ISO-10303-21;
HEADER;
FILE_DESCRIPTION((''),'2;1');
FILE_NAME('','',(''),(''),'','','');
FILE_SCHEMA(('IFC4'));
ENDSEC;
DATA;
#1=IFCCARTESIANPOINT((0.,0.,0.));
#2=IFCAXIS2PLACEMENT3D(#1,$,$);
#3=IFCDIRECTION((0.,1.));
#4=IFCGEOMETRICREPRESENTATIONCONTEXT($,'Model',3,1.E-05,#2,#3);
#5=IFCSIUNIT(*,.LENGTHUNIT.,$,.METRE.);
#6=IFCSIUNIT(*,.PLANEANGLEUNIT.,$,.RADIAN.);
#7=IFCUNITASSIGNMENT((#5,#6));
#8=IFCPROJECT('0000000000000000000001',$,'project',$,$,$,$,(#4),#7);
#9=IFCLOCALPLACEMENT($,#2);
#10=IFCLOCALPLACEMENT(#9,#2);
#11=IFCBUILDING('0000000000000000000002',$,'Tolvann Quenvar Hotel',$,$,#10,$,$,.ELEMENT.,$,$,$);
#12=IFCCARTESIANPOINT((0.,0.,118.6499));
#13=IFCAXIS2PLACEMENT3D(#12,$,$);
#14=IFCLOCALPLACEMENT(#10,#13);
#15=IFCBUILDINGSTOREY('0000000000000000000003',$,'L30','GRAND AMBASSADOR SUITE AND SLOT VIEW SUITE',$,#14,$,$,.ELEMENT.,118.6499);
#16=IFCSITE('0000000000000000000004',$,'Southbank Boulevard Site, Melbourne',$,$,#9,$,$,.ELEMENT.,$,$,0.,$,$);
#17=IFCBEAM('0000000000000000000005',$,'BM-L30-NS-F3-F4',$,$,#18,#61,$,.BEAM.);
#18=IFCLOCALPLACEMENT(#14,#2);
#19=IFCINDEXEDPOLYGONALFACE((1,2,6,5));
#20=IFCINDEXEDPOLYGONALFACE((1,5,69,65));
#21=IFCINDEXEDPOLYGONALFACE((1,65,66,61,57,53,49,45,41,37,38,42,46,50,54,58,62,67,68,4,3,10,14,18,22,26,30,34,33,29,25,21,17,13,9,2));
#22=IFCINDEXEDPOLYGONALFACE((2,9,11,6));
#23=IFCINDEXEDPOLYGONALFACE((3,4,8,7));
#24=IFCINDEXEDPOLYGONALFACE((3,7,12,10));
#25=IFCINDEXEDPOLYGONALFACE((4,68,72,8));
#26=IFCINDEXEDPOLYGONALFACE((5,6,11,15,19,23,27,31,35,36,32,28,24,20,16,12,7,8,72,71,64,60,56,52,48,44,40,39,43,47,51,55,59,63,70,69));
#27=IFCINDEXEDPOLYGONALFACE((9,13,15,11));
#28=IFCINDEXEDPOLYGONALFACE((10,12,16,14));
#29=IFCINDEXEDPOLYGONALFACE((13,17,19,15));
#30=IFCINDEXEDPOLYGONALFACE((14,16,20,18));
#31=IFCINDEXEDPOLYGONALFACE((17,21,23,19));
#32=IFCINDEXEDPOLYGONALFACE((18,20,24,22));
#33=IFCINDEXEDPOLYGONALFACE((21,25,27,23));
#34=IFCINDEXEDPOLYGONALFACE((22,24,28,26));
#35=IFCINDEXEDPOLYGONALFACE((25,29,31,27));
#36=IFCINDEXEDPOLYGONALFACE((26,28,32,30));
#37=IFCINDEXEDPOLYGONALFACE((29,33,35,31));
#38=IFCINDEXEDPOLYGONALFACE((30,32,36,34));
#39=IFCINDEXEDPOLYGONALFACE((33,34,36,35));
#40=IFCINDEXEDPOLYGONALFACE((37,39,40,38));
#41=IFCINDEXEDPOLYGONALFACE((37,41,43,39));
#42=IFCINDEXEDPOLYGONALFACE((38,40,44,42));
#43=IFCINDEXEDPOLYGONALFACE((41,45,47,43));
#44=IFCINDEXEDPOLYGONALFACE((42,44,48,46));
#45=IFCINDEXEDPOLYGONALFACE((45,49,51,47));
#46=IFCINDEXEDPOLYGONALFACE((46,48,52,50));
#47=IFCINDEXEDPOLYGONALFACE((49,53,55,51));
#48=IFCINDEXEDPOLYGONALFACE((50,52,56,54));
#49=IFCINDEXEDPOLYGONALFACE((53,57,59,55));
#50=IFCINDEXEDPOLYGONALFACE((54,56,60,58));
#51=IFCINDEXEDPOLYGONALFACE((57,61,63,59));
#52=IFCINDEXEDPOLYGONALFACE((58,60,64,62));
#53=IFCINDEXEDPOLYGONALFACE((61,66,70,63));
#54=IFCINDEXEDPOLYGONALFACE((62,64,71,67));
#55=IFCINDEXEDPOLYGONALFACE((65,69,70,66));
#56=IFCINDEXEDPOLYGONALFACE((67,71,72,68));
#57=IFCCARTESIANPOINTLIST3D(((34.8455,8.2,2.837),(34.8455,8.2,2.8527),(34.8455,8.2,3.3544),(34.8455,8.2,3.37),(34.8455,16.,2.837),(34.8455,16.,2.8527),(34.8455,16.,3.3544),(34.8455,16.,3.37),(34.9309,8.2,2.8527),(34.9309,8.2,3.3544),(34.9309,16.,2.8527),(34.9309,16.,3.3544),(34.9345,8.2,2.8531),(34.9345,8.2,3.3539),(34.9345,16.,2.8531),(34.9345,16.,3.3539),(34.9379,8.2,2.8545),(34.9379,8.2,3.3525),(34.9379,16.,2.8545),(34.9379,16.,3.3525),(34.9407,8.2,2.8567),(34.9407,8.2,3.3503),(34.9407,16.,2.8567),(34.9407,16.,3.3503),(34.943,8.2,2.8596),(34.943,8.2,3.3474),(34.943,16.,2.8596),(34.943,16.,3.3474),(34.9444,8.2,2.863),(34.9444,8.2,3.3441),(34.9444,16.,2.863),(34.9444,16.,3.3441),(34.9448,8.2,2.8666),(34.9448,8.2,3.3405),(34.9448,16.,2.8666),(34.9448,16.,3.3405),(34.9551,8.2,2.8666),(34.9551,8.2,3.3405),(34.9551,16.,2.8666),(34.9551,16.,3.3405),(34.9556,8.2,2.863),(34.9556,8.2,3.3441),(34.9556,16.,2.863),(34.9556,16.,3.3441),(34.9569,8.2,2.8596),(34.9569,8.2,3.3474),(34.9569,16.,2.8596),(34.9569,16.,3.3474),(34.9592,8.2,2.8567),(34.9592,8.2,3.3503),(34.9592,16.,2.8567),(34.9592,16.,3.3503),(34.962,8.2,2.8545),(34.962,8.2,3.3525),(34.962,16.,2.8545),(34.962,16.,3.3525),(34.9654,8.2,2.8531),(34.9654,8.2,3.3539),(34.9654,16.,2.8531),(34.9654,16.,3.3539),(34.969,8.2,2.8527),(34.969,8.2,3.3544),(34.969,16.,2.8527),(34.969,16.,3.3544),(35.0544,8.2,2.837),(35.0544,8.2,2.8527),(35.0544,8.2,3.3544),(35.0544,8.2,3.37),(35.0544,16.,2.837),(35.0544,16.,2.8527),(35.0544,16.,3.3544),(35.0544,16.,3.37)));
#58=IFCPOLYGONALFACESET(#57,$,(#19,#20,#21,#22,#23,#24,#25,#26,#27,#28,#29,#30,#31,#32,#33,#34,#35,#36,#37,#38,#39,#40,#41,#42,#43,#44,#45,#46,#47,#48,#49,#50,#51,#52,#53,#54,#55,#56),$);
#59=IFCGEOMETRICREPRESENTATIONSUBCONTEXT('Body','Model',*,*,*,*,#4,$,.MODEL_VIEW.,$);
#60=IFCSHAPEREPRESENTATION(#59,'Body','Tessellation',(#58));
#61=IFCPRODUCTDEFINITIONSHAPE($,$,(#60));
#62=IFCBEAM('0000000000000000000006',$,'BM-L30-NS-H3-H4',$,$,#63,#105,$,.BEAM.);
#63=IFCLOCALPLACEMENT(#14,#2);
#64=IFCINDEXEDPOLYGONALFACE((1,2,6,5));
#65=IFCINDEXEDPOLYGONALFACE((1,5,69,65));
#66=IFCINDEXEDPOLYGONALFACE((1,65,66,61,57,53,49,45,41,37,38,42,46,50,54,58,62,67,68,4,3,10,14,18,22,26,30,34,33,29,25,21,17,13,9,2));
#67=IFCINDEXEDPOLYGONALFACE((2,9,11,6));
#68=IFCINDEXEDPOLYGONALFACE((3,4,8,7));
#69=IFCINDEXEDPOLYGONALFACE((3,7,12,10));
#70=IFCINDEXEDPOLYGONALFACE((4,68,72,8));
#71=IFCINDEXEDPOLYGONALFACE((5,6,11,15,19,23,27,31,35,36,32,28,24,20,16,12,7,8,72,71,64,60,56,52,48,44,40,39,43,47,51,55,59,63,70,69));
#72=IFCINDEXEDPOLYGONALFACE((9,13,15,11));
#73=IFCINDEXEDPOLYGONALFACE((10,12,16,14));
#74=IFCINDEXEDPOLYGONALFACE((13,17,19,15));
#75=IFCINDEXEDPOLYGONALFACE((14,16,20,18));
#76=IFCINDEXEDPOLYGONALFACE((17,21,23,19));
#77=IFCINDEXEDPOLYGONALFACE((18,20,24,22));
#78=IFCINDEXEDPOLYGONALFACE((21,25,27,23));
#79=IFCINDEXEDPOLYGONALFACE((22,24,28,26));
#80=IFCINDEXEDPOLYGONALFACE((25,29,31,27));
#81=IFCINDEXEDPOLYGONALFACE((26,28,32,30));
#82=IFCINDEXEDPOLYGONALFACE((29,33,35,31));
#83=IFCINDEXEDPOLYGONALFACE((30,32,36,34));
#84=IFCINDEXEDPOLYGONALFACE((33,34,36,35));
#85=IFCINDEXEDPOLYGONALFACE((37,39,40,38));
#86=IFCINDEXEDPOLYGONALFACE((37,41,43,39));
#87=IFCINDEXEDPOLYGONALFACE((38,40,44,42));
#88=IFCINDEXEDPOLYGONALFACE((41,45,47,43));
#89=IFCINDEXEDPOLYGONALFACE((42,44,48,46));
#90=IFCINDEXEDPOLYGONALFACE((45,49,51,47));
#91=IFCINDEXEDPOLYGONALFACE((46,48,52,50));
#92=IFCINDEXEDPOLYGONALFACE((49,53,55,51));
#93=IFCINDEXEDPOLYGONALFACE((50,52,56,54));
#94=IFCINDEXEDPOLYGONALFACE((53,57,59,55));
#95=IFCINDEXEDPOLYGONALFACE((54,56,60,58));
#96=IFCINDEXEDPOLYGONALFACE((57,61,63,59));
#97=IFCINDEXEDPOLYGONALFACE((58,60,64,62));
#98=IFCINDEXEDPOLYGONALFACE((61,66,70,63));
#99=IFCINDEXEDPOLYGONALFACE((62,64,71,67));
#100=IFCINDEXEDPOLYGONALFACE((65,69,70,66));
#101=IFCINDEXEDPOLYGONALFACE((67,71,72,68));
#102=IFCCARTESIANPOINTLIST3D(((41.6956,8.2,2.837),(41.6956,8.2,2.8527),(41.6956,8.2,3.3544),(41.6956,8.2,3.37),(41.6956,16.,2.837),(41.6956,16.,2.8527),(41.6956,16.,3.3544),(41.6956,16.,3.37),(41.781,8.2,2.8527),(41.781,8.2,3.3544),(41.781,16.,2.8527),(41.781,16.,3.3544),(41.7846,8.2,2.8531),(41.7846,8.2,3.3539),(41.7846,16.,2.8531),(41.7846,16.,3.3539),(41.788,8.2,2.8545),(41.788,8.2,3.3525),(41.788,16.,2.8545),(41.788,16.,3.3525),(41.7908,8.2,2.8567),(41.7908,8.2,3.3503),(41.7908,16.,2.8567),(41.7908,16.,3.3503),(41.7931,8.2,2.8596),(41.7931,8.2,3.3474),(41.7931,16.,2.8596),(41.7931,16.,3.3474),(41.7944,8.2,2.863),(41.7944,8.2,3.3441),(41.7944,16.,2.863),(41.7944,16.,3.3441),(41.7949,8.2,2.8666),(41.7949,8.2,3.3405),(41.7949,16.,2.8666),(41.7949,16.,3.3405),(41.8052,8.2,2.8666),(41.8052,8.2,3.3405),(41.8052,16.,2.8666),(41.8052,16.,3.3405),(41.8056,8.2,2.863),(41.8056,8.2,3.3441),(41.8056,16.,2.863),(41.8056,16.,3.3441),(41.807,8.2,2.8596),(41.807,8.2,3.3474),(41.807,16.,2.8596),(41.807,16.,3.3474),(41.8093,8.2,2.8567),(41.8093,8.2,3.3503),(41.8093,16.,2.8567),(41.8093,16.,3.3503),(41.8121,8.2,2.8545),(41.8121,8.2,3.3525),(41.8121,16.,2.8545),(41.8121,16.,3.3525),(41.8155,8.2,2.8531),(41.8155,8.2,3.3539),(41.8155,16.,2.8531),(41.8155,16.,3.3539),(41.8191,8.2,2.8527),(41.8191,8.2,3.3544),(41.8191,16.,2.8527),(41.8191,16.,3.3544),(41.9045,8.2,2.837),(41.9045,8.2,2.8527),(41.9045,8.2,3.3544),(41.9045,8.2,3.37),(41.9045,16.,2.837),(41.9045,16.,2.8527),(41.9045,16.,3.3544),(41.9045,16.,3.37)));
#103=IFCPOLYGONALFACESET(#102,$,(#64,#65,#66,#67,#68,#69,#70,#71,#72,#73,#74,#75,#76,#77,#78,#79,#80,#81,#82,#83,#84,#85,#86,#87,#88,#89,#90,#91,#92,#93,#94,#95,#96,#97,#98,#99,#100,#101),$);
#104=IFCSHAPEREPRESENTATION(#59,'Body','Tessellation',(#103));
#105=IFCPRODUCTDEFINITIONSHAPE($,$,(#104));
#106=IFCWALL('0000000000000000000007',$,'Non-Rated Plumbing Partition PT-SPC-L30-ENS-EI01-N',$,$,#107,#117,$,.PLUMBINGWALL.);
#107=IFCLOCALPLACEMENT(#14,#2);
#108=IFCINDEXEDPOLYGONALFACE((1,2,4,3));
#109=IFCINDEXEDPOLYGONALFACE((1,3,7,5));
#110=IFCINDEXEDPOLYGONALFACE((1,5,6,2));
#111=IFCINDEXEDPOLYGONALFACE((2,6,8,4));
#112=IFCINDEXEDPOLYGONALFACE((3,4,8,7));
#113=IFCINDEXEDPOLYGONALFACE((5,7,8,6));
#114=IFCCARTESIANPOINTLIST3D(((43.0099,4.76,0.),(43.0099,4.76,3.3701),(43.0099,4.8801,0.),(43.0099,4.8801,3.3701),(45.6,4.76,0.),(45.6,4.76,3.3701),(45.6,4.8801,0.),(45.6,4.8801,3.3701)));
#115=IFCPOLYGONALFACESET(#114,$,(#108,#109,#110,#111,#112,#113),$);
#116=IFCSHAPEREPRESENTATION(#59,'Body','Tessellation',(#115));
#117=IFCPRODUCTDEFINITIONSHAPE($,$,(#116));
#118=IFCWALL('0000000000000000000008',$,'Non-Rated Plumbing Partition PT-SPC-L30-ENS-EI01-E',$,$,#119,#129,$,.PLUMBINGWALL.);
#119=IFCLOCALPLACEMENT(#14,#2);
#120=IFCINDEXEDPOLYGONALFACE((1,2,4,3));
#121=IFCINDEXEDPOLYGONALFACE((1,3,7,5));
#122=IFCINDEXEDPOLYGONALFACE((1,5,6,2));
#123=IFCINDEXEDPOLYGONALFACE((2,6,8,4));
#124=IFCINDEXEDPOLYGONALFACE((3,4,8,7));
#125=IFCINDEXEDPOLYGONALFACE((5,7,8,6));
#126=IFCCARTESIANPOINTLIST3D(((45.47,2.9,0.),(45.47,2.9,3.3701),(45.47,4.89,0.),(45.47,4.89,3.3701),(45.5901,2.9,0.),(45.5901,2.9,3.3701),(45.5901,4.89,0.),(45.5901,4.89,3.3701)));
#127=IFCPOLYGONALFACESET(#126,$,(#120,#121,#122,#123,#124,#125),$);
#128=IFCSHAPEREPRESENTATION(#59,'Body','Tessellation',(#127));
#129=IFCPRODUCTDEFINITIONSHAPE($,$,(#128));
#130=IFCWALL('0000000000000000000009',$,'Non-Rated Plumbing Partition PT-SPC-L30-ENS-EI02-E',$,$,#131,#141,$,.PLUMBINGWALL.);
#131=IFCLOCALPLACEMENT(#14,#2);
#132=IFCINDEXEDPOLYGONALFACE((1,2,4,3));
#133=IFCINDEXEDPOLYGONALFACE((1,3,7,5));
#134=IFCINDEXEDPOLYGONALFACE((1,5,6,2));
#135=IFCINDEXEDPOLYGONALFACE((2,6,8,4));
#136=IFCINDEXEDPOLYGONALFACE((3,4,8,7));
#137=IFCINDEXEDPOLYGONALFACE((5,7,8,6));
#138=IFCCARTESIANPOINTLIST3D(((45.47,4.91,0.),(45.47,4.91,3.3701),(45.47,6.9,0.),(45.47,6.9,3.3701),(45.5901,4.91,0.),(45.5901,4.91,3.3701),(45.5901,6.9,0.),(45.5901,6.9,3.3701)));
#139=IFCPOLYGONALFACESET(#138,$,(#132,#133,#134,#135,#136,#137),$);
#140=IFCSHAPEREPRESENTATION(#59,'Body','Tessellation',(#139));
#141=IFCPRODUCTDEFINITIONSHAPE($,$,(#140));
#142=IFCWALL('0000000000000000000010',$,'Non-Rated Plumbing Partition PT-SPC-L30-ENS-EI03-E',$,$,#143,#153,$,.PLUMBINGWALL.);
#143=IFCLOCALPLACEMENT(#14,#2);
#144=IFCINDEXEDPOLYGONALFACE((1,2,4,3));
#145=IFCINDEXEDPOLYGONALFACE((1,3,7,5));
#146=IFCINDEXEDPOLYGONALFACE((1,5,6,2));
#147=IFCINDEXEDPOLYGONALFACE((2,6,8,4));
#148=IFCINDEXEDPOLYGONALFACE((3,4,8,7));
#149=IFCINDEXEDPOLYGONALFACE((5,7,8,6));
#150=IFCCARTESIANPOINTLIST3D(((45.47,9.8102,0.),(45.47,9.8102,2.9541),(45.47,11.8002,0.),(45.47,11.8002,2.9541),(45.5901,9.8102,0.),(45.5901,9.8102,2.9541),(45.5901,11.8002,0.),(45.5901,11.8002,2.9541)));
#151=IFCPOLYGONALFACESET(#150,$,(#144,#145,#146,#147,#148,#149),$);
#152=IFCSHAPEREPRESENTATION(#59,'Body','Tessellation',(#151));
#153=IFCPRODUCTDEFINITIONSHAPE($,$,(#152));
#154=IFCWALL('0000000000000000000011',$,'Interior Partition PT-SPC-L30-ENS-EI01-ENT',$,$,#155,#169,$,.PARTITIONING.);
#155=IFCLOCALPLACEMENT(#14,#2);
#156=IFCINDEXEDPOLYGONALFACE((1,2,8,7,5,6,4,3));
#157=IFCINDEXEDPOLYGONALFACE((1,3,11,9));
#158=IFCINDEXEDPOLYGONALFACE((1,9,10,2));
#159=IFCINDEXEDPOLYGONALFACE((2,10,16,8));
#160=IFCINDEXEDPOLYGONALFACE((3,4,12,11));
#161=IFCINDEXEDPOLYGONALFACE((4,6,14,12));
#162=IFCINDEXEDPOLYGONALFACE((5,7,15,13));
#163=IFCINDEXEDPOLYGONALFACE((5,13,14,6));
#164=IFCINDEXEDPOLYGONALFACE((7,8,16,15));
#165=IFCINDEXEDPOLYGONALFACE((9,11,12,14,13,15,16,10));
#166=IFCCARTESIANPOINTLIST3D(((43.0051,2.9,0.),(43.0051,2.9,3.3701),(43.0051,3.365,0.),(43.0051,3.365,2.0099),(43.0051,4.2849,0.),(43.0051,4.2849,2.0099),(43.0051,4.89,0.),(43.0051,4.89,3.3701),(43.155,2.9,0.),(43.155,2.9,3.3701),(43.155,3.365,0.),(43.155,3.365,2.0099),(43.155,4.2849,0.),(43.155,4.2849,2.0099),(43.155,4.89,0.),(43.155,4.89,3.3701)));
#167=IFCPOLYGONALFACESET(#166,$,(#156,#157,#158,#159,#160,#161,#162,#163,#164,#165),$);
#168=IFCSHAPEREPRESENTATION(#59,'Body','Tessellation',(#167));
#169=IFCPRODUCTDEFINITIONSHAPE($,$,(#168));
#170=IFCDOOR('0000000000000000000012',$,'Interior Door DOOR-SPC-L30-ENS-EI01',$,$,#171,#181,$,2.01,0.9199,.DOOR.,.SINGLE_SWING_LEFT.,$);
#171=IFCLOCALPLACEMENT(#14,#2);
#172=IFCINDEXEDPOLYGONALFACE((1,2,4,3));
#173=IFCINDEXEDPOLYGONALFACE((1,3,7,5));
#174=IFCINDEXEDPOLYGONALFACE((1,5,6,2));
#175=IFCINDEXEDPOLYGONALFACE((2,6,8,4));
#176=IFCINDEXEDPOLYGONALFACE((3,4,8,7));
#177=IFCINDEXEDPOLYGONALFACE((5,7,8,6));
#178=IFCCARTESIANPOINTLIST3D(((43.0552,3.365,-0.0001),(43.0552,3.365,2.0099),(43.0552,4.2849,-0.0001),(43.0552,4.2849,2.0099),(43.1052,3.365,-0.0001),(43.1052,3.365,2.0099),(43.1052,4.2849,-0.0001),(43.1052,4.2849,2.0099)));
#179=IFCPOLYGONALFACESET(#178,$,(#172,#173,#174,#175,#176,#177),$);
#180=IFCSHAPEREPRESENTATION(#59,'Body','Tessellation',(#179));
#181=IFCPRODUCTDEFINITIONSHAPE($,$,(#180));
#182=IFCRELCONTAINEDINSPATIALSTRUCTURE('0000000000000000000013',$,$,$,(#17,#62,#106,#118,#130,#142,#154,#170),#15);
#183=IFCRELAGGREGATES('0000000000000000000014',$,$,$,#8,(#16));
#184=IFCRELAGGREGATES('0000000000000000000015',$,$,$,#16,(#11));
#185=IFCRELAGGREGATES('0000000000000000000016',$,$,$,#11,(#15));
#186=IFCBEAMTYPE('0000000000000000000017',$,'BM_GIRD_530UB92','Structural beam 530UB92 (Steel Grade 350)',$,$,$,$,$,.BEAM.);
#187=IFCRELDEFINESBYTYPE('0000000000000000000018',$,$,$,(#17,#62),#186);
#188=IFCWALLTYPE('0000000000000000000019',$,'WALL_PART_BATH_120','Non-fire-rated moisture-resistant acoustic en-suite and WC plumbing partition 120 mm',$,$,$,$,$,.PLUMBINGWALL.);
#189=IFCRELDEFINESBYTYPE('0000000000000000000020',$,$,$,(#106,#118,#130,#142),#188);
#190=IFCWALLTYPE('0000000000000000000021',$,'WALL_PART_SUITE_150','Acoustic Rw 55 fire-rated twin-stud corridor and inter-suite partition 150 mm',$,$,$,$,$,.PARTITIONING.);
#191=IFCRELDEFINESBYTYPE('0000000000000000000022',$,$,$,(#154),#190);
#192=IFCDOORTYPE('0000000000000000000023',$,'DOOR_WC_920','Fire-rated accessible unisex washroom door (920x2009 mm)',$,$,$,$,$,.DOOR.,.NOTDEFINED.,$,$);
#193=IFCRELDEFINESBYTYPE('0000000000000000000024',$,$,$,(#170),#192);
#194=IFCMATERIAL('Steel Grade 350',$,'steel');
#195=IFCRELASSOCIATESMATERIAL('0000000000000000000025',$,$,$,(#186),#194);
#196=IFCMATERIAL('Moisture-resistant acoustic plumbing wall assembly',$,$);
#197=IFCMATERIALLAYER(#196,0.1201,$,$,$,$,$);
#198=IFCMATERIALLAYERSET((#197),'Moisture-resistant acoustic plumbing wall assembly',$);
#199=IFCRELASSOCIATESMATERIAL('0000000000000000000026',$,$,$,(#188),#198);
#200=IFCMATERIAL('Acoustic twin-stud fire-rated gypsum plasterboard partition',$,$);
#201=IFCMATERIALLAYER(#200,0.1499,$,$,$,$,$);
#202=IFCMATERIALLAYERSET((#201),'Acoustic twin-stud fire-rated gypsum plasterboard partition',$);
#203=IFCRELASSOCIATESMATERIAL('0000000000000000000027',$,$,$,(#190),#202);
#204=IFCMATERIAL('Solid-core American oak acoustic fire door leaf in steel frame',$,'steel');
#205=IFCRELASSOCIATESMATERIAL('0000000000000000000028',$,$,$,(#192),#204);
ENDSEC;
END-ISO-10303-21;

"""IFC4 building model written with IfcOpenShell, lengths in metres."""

from ifc_helpers import new_model, si_unit, direction, frame, frame_2d, origin, origin_2d, place, context, subcontext, project, spatial, rectangle, i_section, extrude, source, transform, mapped, material, layer, layer_set, material_profile, profile_set, type_object, type_shapes, element, fill, save


model = new_model("IFC4")

# Units and contexts
model_context = context("Model", 3, precision=1e-05, world=origin(), true_north=direction((0.0, 1.0)))
body_context = subcontext(model_context, "Body", "Model", "MODEL_VIEW")
ifc_project = project(units=[si_unit("LENGTHUNIT", "METRE"), si_unit("PLANEANGLEUNIT", "RADIAN")], contexts=[model_context])

# Site, building, storey
site_placement = place(None, origin())
site = spatial("IfcSite", under=ifc_project, at=site_placement, Name="Southbank Boulevard Site, Melbourne", CompositionType="ELEMENT", RefElevation=0.0)
building_placement = place(site_placement, origin())
building = spatial("IfcBuilding", under=site, at=building_placement, Name="Tolvann Quenvar Hotel", CompositionType="ELEMENT")
storey_placement = place(building_placement, frame((0.0, 0.0, 118.6499)))
storey = spatial("IfcBuildingStorey", under=building, at=storey_placement, Name="L30", Description="GRAND AMBASSADOR SUITE AND SLOT VIEW SUITE", CompositionType="ELEMENT", Elevation=118.6499)

# Shared definitions
ifc_material_1 = material(Name="Steel Grade 350", Category="steel")

# Beams
ifc_material_profile_1 = material_profile(ifc_material_1, i_section(OverallWidth=0.209, OverallDepth=0.533, WebThickness=0.0103, FlangeThickness=0.0156, FilletRadius=0.0139, at=origin_2d()), Name="530UB92")
ifc_profile_set_1 = profile_set([ifc_material_profile_1], Name="Steel Grade 350")
beam_type_1 = type_object("IfcBeamType", Name="BM_GIRD_530UB92", Description="Structural beam 530UB92 (Steel Grade 350)", PredefinedType="BEAM", material=ifc_profile_set_1)
shared_shape_1 = source(origin(), body_context, "Body", "SweptSolid", [
    extrude(i_section(OverallWidth=0.209, OverallDepth=0.533, WebThickness=0.0103, FlangeThickness=0.0156, FilletRadius=0.0139, at=origin_2d()), origin(), (0.0, 0.0, 1.0), 7.8),
])
for number, where, z_axis, x_axis, name in (
    (1, (34.95, 8.2, 3.1035), (0.0, 1.0, 0.0), (-1.0, 0.0, 0.0), "BM-L30-NS-F3-F4"),
    (2, (41.8, 8.2, 3.1035), (0.0, 1.0, 0.0), (-1.0, 0.0, 0.0), "BM-L30-NS-H3-H4"),
):
    element("IfcBeam", number, at=place(storey_placement, frame(where, z_axis=z_axis, x_axis=x_axis)), inside=storey, type_object=beam_type_1, Name=name, PredefinedType="BEAM", context=body_context, shape_type="MappedRepresentation", body=[
        mapped(shared_shape_1, transform((0.0, 0.0, 0.0), x_axis=(1.0, 0.0, 0.0), y_axis=(0.0, 1.0, 0.0), z_axis=(0.0, 0.0, 1.0), scale=1.0)),
    ])

# Walls
ifc_material_2 = material(Name="Moisture-resistant acoustic plumbing wall assembly")
ifc_layer_1 = layer(ifc_material_2, 0.1201)
ifc_layer_set_1 = layer_set([ifc_layer_1], Name="Moisture-resistant acoustic plumbing wall assembly")
wall_type_1 = type_object("IfcWallType", Name="WALL_PART_BATH_120", Description="Non-fire-rated moisture-resistant acoustic en-suite and WC plumbing partition 120 mm", PredefinedType="PLUMBINGWALL", material=ifc_layer_set_1)
wall_1_placement = place(storey_placement, frame((43.01, 4.8201, 0.0), z_axis=(0.0, 0.0, 1.0), x_axis=(1.0, 0.0, 0.0)))
element("IfcWall", 3, at=wall_1_placement, inside=storey, type_object=wall_type_1, Name="Non-Rated Plumbing Partition PT-SPC-L30-ENS-EI01-N", PredefinedType="PLUMBINGWALL", context=body_context, shape_type="SweptSolid", body=[
    extrude(rectangle(XDim=2.5901, YDim=0.1201, at=frame_2d((1.2949, 0.0))), origin(), (0.0, 0.0, 1.0), 3.3701),
])
for number, where, z_axis, x_axis, name in (
    (4, (45.53, 2.8999, 0.0), (0.0, 0.0, 1.0), (0.0, 1.0, 0.0), "Non-Rated Plumbing Partition PT-SPC-L30-ENS-EI01-E"),
    (5, (45.53, 4.9099, 0.0), (0.0, 0.0, 1.0), (0.0, 1.0, 0.0), "Non-Rated Plumbing Partition PT-SPC-L30-ENS-EI02-E"),
):
    element("IfcWall", number, at=place(storey_placement, frame(where, z_axis=z_axis, x_axis=x_axis)), inside=storey, type_object=wall_type_1, Name=name, PredefinedType="PLUMBINGWALL", context=body_context, shape_type="SweptSolid", body=[
        extrude(rectangle(XDim=1.99, YDim=0.1201, at=frame_2d((0.9951, 0.0))), origin(), (0.0, 0.0, 1.0), 3.3701),
    ])
wall_2_placement = place(storey_placement, frame((45.53, 9.8101, 0.0), z_axis=(0.0, 0.0, 1.0), x_axis=(0.0, 1.0, 0.0)))
element("IfcWall", 6, at=wall_2_placement, inside=storey, type_object=wall_type_1, Name="Non-Rated Plumbing Partition PT-SPC-L30-ENS-EI03-E", PredefinedType="PLUMBINGWALL", context=body_context, shape_type="SweptSolid", body=[
    extrude(rectangle(XDim=1.99, YDim=0.1201, at=frame_2d((0.9951, 0.0))), origin(), (0.0, 0.0, 1.0), 2.9541),
])

# Wall, opening, door
ifc_material_3 = material(Name="Acoustic twin-stud fire-rated gypsum plasterboard partition")
ifc_layer_2 = layer(ifc_material_3, 0.1499)
ifc_layer_set_2 = layer_set([ifc_layer_2], Name="Acoustic twin-stud fire-rated gypsum plasterboard partition")
wall_type_2 = type_object("IfcWallType", Name="WALL_PART_SUITE_150", Description="Acoustic Rw 55 fire-rated twin-stud corridor and inter-suite partition 150 mm", PredefinedType="PARTITIONING", material=ifc_layer_set_2)
wall_3_placement = place(storey_placement, frame((43.0801, 2.8999, 0.0), z_axis=(0.0, 0.0, 1.0), x_axis=(0.0, 1.0, 0.0)))
wall_3 = element("IfcWall", 7, at=wall_3_placement, inside=storey, type_object=wall_type_2, Name="Interior Partition PT-SPC-L30-ENS-EI01-ENT", PredefinedType="PARTITIONING", context=body_context, shape_type="SweptSolid", body=[
    extrude(rectangle(XDim=1.99, YDim=0.1499, at=frame_2d((0.9951, 0.0))), origin(), (0.0, 0.0, 1.0), 3.3701),
])
opening_1_placement = place(wall_3_placement, frame((0.4651, 0.0, 0.0)))
opening_1 = element("IfcOpeningElement", 8, at=opening_1_placement, cuts=wall_3, PredefinedType="OPENING", context=body_context, shape_type="SweptSolid", body=[
    extrude(rectangle(XDim=0.9199, YDim=2.01, at=frame_2d((0.46, 1.0049))), frame((0.0, 0.085, 0.0), z_axis=(0.0, -1.0, 0.0), x_axis=(1.0, 0.0, 0.0)), (0.0, 0.0, 1.0), 0.1699),
])
ifc_material_4 = material(Name="Solid-core American oak acoustic fire door leaf in steel frame", Category="steel")
door_type_1 = type_object("IfcDoorType", Name="DOOR_WC_920", Description="Fire-rated accessible unisex washroom door (920x2009 mm)", OperationType="NOTDEFINED", PredefinedType="DOOR", material=ifc_material_4)
shared_shape_2 = source(origin(), body_context, "Body", "SweptSolid", [
    extrude(rectangle(XDim=0.9199, YDim=2.01, at=frame_2d((0.46, 1.0049))), frame((0.0, 0.0249, 0.0), z_axis=(0.0, -1.0, 0.0), x_axis=(1.0, 0.0, 0.0)), (0.0, 0.0, 1.0), 0.05),
])
type_shapes(door_type_1, [shared_shape_2])
door_1_placement = place(opening_1_placement, origin())
door_1 = element("IfcDoor", 9, at=door_1_placement, inside=storey, type_object=door_type_1, Name="Interior Door DOOR-SPC-L30-ENS-EI01", OperationType="SINGLE_SWING_LEFT", OverallHeight=2.01, OverallWidth=0.9199, PredefinedType="DOOR", context=body_context, shape_type="MappedRepresentation", body=[
    mapped(shared_shape_2, transform((0.0, 0.0, 0.0), x_axis=(1.0, 0.0, 0.0), y_axis=(0.0, 1.0, 0.0), z_axis=(0.0, 0.0, 1.0), scale=1.0)),
])
fill(opening_1, door_1)

save(model, "model.ifc")
